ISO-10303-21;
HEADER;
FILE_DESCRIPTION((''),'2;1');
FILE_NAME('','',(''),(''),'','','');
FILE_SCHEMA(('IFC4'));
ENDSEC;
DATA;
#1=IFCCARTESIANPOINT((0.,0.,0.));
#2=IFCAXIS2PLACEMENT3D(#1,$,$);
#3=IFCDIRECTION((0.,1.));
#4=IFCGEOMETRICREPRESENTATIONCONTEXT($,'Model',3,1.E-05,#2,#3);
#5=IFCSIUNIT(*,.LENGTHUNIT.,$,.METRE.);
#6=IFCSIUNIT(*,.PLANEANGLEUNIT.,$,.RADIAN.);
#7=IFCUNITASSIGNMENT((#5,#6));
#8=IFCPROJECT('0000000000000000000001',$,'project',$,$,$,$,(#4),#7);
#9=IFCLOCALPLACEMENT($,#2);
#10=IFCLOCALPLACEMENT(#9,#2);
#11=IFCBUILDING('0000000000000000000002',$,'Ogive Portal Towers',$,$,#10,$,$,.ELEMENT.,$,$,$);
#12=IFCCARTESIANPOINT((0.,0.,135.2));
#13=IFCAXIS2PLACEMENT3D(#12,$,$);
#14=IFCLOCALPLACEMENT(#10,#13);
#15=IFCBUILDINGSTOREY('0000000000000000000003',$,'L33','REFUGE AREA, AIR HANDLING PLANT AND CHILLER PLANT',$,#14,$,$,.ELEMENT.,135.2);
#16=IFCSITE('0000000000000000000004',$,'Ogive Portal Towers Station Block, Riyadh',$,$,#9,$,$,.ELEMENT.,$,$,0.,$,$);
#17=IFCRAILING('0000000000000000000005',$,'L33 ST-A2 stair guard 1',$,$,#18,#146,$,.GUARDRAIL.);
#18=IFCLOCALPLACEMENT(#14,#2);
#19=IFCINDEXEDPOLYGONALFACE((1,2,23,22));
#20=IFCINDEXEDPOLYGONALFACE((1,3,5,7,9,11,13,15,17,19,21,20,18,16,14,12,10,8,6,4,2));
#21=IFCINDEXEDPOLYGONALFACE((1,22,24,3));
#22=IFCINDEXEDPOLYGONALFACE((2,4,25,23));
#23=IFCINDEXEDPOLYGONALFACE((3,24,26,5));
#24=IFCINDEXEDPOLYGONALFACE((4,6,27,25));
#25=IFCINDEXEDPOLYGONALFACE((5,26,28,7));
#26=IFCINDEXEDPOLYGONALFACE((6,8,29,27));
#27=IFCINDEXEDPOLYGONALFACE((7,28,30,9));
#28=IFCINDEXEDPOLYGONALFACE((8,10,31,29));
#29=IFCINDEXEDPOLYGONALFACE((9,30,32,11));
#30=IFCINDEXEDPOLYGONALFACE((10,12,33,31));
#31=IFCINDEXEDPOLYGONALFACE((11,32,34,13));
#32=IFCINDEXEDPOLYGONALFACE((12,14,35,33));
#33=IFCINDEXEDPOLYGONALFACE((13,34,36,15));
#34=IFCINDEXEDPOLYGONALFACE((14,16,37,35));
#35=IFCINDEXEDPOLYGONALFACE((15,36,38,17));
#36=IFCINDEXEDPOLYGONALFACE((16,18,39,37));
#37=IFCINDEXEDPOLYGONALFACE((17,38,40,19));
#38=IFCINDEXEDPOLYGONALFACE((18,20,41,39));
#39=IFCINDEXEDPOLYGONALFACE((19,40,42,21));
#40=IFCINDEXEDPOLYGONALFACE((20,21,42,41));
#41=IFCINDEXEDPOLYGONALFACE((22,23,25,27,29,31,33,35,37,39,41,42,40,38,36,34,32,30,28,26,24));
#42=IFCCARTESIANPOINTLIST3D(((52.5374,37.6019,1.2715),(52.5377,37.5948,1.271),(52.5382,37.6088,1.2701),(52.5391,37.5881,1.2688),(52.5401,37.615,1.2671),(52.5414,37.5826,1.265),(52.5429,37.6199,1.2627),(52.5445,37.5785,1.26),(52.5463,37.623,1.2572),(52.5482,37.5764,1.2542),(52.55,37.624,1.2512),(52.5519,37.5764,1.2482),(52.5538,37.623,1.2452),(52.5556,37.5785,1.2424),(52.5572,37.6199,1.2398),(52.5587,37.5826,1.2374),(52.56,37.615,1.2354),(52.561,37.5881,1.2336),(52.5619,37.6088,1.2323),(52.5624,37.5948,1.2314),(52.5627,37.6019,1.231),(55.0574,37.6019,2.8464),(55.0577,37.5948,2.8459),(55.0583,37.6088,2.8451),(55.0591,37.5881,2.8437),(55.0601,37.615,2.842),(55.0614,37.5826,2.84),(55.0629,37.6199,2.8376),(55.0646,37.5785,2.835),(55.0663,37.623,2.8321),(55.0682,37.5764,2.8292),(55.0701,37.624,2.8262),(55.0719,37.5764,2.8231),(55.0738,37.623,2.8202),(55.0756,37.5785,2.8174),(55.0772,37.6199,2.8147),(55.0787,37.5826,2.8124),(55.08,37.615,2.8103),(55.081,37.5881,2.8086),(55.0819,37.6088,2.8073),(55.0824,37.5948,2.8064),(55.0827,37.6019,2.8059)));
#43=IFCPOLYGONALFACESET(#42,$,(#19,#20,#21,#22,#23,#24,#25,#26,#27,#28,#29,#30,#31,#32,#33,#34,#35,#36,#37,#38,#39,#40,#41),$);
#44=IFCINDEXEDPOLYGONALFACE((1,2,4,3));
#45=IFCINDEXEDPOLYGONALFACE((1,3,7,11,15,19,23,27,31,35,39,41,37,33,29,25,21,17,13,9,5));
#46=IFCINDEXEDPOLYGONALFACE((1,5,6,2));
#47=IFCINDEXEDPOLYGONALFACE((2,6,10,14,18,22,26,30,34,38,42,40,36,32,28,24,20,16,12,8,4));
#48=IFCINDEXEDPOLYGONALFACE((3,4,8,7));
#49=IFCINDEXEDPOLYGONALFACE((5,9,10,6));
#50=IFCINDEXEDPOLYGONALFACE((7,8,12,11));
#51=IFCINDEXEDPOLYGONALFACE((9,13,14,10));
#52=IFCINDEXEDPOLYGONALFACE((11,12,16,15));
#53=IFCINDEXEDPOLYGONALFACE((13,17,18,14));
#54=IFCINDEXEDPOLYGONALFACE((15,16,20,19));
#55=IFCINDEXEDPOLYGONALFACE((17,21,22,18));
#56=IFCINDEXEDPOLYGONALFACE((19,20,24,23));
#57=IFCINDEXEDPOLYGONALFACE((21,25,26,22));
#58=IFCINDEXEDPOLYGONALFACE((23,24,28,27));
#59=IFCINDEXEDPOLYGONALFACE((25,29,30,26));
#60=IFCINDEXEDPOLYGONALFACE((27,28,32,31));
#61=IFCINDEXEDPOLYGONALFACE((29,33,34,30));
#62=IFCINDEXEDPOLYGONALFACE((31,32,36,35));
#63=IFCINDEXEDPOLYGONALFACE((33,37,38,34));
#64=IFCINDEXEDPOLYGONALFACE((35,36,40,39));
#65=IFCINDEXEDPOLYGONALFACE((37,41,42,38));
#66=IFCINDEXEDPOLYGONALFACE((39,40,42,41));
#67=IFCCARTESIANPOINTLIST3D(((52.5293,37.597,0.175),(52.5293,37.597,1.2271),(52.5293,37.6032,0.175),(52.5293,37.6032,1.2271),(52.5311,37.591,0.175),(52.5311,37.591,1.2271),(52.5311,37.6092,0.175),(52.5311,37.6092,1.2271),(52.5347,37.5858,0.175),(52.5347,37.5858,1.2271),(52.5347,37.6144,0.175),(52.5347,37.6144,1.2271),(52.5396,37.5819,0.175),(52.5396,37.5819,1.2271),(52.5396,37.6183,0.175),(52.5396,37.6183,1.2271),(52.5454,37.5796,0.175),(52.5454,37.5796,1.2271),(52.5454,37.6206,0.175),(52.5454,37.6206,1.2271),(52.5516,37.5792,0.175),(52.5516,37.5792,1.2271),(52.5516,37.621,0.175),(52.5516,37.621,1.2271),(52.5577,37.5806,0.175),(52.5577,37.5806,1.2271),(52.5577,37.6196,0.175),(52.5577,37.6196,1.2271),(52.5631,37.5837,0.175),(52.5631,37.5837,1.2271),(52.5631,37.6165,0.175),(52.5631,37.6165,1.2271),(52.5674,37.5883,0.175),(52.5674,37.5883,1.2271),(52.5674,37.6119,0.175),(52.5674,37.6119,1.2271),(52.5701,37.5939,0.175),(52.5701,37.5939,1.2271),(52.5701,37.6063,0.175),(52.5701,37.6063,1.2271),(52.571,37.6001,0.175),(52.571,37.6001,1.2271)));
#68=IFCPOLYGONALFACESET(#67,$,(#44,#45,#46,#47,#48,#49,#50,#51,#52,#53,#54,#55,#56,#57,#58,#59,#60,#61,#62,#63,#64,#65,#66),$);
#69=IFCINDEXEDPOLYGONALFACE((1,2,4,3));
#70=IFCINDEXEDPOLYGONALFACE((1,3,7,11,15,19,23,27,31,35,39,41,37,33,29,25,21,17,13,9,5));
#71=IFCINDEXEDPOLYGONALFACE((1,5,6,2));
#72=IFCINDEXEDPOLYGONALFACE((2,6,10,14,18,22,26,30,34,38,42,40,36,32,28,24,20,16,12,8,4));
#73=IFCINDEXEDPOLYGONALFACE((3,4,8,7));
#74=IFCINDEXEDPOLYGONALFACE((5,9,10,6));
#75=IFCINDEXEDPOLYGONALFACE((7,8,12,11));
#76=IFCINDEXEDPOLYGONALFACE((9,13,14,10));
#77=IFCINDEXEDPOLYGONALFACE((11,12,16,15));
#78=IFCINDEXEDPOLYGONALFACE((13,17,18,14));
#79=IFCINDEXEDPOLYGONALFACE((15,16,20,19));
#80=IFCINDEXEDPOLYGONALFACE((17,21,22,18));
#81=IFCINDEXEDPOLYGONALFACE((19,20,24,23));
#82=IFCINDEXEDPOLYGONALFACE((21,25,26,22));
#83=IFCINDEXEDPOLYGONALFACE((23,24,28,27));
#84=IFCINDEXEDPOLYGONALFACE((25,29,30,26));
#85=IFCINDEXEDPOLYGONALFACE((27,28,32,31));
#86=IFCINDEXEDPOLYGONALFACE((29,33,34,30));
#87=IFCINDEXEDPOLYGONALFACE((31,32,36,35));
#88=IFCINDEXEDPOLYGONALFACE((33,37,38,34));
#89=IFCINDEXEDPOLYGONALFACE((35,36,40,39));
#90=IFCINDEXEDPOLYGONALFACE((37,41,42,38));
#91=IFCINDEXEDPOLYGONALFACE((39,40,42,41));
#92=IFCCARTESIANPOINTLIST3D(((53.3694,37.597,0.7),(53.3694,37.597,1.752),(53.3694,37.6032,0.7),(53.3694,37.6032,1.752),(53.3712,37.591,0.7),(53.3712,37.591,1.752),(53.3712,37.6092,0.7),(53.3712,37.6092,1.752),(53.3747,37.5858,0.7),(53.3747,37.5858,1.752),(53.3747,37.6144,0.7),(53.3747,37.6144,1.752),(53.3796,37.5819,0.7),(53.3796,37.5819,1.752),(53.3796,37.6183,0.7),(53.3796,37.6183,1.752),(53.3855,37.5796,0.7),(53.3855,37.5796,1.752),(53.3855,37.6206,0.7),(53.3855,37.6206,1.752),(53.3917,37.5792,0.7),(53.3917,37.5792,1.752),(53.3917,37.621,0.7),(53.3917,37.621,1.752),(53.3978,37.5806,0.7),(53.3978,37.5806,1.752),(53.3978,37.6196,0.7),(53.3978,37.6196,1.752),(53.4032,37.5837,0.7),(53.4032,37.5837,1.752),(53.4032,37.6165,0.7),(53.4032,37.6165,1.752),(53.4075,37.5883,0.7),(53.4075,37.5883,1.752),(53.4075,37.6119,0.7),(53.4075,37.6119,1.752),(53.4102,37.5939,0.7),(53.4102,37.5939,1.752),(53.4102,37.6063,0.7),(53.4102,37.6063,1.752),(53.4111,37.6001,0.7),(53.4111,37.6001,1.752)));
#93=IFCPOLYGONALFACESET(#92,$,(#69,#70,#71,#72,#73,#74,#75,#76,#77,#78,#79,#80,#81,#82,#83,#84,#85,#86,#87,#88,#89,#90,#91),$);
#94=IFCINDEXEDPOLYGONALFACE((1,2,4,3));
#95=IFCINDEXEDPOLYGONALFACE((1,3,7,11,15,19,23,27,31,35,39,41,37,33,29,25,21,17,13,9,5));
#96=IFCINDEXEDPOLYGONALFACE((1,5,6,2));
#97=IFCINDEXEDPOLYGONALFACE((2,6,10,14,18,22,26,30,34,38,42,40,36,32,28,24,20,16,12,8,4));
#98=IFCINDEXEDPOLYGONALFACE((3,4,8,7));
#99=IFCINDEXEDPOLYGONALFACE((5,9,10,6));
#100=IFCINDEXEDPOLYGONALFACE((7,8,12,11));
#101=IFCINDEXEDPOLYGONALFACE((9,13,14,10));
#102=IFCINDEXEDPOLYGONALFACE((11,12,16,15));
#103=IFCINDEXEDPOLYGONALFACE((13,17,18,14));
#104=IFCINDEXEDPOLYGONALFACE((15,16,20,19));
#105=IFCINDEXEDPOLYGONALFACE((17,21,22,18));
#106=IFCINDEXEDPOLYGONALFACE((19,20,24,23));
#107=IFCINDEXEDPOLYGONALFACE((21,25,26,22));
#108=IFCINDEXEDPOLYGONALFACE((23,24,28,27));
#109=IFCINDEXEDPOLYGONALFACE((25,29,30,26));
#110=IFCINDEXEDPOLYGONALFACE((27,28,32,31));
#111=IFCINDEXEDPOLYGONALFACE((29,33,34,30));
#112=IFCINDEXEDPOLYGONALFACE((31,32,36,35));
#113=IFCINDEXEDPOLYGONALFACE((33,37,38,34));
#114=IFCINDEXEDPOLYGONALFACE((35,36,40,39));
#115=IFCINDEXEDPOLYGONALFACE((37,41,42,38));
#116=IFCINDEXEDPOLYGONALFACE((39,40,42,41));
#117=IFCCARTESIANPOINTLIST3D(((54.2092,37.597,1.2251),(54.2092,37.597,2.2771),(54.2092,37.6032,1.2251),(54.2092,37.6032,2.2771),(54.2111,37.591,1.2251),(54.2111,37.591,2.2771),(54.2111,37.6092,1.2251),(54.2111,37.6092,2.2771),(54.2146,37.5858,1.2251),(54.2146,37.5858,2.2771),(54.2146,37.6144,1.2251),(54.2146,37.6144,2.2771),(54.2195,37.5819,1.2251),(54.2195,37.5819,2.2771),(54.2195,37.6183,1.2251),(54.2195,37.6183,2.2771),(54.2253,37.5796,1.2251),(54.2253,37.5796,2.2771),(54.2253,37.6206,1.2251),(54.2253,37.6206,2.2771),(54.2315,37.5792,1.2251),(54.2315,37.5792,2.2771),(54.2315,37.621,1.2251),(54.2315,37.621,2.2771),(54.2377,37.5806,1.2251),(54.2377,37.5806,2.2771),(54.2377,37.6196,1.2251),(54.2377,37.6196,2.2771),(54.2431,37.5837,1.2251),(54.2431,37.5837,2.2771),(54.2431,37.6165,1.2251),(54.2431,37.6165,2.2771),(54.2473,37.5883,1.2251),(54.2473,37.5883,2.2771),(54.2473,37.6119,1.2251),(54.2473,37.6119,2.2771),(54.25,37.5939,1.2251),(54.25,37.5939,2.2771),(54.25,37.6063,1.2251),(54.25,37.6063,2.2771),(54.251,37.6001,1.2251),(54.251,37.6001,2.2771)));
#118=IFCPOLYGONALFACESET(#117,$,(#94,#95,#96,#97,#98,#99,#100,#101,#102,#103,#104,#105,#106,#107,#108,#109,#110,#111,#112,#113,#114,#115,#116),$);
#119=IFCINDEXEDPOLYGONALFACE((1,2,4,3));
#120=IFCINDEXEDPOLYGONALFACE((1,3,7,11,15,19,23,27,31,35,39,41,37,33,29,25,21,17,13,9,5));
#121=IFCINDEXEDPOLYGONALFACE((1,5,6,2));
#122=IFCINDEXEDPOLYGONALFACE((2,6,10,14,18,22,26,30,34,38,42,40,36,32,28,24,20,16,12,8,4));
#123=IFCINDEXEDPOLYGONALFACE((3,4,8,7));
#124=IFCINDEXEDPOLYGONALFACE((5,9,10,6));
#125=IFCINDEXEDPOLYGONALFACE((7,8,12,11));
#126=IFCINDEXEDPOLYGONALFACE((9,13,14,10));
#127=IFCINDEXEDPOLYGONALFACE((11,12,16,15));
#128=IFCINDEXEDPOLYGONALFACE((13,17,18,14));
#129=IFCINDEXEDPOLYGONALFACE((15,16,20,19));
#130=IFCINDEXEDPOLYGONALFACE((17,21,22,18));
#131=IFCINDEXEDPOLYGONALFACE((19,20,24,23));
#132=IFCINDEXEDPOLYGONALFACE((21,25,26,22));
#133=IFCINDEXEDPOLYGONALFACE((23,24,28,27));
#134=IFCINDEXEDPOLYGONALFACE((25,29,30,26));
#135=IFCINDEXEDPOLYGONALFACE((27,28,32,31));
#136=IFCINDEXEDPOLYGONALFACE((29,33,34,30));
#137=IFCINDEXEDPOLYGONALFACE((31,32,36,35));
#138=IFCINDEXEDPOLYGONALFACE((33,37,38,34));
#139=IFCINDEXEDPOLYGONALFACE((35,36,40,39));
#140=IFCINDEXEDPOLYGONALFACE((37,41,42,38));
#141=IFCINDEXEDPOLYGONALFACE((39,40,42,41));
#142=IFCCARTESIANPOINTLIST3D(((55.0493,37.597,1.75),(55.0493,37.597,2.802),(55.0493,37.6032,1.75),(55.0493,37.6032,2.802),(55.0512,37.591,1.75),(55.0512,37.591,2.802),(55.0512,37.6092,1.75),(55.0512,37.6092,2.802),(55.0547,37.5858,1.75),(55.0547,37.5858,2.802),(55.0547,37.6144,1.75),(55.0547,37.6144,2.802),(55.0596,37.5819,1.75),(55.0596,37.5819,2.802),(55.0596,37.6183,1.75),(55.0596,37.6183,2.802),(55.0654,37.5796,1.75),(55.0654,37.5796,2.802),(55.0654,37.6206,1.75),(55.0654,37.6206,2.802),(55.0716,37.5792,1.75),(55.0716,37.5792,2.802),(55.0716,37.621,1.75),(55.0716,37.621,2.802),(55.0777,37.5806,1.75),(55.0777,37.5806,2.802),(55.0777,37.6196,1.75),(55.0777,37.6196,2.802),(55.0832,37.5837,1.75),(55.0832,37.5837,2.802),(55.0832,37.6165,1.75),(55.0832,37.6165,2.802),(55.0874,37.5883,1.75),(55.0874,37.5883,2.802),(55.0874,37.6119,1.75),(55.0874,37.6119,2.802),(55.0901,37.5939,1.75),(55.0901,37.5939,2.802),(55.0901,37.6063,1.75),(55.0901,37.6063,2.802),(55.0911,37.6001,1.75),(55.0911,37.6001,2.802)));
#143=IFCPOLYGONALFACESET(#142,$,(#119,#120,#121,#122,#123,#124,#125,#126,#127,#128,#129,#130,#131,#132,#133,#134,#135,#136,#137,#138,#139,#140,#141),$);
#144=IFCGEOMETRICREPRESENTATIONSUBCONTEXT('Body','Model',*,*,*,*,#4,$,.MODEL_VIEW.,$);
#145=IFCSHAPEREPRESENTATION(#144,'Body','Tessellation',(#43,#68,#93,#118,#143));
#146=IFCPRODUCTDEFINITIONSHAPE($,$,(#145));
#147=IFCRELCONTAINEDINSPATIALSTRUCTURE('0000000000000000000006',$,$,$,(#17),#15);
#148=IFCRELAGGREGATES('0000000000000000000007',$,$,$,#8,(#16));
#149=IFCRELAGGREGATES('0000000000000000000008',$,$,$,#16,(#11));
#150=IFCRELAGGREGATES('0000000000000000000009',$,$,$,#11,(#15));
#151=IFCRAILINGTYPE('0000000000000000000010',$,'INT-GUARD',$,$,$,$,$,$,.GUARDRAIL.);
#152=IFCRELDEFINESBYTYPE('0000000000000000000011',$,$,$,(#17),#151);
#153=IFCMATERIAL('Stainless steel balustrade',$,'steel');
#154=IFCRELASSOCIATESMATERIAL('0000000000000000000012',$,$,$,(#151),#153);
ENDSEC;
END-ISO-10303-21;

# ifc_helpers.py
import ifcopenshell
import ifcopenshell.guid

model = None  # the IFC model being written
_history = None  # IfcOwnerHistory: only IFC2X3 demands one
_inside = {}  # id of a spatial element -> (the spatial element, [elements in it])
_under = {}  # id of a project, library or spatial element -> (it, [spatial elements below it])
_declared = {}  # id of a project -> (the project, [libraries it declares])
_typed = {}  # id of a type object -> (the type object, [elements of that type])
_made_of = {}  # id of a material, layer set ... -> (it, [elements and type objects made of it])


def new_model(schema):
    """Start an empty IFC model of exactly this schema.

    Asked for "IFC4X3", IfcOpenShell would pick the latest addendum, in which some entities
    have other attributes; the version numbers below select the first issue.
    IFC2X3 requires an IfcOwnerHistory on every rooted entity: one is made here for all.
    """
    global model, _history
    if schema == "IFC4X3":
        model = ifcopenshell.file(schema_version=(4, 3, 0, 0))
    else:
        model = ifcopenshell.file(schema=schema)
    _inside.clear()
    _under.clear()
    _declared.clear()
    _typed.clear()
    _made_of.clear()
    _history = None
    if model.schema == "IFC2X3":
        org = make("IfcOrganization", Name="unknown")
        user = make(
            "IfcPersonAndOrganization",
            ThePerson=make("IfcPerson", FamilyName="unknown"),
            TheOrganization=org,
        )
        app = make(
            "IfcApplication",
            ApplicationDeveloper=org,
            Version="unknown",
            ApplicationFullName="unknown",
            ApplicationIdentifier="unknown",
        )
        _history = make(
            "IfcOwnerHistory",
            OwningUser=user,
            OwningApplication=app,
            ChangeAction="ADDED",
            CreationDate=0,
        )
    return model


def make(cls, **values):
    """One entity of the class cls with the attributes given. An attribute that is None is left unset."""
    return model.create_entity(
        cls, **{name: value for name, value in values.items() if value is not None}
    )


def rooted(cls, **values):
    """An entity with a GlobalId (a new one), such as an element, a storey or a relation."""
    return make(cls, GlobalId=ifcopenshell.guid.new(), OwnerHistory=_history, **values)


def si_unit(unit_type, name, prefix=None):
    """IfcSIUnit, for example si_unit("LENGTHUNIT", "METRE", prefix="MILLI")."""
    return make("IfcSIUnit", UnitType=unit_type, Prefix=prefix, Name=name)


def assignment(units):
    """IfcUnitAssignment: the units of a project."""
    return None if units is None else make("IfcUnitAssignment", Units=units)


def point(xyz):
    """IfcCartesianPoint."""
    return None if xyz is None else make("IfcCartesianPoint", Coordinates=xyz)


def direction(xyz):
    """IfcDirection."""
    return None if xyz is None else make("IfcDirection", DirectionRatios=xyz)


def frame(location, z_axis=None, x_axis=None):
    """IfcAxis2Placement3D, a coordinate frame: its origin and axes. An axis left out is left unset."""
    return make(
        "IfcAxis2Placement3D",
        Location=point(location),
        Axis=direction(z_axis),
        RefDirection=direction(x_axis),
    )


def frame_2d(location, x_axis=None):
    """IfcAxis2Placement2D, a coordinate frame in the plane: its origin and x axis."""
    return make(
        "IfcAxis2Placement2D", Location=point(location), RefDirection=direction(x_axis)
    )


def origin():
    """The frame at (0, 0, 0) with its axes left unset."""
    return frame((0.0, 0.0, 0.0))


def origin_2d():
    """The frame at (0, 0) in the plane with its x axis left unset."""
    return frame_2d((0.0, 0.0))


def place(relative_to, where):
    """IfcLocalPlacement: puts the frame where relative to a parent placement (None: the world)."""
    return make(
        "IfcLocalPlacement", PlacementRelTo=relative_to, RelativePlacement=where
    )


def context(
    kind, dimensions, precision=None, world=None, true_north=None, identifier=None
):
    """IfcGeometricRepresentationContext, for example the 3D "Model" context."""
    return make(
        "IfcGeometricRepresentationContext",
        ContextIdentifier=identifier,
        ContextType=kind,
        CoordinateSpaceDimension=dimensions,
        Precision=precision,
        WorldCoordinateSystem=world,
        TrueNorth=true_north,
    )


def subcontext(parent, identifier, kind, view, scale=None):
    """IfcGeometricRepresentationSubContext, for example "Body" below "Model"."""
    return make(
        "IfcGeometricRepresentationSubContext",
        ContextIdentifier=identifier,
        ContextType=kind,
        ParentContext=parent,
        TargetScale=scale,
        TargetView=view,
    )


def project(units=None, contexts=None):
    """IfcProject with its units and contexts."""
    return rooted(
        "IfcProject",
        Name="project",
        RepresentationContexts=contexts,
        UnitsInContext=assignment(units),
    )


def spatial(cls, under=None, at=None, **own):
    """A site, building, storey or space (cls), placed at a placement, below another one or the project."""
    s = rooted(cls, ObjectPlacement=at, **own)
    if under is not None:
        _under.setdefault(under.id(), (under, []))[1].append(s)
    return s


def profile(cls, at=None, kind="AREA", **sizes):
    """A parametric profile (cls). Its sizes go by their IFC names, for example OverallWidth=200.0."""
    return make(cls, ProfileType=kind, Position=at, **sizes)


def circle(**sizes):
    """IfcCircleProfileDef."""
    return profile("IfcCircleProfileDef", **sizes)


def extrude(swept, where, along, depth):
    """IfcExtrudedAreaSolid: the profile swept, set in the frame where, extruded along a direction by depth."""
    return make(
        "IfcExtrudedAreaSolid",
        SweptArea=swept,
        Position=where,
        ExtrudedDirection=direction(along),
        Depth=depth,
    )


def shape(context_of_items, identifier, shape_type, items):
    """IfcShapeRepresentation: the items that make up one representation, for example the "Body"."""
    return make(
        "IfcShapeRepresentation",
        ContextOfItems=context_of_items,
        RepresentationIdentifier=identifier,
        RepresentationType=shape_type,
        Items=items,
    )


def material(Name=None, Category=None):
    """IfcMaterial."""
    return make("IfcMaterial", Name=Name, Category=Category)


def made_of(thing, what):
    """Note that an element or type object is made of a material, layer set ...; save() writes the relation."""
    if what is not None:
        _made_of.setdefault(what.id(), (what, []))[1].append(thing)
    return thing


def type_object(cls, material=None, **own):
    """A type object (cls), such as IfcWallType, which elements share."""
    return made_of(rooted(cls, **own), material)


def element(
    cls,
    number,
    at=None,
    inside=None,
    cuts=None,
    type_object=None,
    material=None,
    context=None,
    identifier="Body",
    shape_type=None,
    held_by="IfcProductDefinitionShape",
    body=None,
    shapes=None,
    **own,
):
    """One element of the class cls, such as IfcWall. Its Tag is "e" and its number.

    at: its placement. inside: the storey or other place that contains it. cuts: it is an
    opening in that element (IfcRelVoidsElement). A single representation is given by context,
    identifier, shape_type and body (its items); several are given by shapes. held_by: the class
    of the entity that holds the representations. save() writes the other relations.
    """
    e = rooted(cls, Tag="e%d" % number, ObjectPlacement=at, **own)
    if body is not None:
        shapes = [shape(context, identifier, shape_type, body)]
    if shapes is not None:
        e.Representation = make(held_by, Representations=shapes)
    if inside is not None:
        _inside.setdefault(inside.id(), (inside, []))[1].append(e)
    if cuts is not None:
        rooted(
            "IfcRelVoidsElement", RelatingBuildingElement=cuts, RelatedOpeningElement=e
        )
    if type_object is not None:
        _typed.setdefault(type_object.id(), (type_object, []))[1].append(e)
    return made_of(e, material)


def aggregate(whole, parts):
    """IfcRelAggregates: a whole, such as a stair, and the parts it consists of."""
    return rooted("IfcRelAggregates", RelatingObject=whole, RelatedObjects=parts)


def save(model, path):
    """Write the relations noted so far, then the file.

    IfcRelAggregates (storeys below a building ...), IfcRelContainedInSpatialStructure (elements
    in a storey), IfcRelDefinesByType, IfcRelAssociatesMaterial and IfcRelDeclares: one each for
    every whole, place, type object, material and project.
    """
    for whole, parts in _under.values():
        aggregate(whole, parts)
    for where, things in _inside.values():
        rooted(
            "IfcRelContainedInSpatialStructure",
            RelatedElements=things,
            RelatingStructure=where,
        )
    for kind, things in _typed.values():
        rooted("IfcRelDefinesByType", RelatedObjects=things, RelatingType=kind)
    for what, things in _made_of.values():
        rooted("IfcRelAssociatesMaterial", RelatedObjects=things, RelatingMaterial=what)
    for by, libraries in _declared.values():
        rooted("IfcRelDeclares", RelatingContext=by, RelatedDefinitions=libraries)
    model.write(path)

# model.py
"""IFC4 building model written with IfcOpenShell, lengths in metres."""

from ifc_helpers import new_model, si_unit, direction, frame, origin, origin_2d, place, context, subcontext, project, spatial, circle, extrude, material, type_object, element, save


model = new_model("IFC4")

# Units and contexts
model_context = context("Model", 3, precision=1e-05, world=origin(), true_north=direction((0.0, 1.0)))
body_context = subcontext(model_context, "Body", "Model", "MODEL_VIEW")
ifc_project = project(units=[si_unit("LENGTHUNIT", "METRE"), si_unit("PLANEANGLEUNIT", "RADIAN")], contexts=[model_context])

# Site, building, storey
site_placement = place(None, origin())
site = spatial("IfcSite", under=ifc_project, at=site_placement, Name="Ogive Portal Towers Station Block, Riyadh", CompositionType="ELEMENT", RefElevation=0.0)
building_placement = place(site_placement, origin())
building = spatial("IfcBuilding", under=site, at=building_placement, Name="Ogive Portal Towers", CompositionType="ELEMENT")
storey_placement = place(building_placement, frame((0.0, 0.0, 135.2)))
storey = spatial("IfcBuildingStorey", under=building, at=storey_placement, Name="L33", Description="REFUGE AREA, AIR HANDLING PLANT AND CHILLER PLANT", CompositionType="ELEMENT", Elevation=135.2)

# Railing
ifc_material_1 = material(Name="Stainless steel balustrade", Category="steel")
railing_type_1 = type_object("IfcRailingType", Name="INT-GUARD", PredefinedType="GUARDRAIL", material=ifc_material_1)
railing_1_placement = place(storey_placement, frame((52.55, 37.6001, 0.175)))
element("IfcRailing", 1, at=railing_1_placement, inside=storey, type_object=railing_type_1, Name="L33 ST-A2 stair guard 1", PredefinedType="GUARDRAIL", context=body_context, shape_type="SweptSolid", body=[
    extrude(circle(Radius=0.0239, at=origin_2d()), frame((0.0, 0.0, 1.0762), z_axis=(0.848008, 0.0, 0.529984), x_axis=(0.0, 1.0, 0.0)), (0.0, 0.0, 1.0), 2.9717),
    extrude(circle(Radius=0.021, at=origin_2d()), origin(), (0.0, 0.0, 1.0), 1.052),
    extrude(circle(Radius=0.021, at=origin_2d()), frame((0.8401, 0.0, 0.5249)), (0.0, 0.0, 1.0), 1.052),
    extrude(circle(Radius=0.021, at=origin_2d()), frame((1.6799, 0.0, 1.05)), (0.0, 0.0, 1.0), 1.052),
    extrude(circle(Radius=0.021, at=origin_2d()), frame((2.52, 0.0, 1.575)), (0.0, 0.0, 1.0), 1.052),
])

save(model, "model.ifc")
